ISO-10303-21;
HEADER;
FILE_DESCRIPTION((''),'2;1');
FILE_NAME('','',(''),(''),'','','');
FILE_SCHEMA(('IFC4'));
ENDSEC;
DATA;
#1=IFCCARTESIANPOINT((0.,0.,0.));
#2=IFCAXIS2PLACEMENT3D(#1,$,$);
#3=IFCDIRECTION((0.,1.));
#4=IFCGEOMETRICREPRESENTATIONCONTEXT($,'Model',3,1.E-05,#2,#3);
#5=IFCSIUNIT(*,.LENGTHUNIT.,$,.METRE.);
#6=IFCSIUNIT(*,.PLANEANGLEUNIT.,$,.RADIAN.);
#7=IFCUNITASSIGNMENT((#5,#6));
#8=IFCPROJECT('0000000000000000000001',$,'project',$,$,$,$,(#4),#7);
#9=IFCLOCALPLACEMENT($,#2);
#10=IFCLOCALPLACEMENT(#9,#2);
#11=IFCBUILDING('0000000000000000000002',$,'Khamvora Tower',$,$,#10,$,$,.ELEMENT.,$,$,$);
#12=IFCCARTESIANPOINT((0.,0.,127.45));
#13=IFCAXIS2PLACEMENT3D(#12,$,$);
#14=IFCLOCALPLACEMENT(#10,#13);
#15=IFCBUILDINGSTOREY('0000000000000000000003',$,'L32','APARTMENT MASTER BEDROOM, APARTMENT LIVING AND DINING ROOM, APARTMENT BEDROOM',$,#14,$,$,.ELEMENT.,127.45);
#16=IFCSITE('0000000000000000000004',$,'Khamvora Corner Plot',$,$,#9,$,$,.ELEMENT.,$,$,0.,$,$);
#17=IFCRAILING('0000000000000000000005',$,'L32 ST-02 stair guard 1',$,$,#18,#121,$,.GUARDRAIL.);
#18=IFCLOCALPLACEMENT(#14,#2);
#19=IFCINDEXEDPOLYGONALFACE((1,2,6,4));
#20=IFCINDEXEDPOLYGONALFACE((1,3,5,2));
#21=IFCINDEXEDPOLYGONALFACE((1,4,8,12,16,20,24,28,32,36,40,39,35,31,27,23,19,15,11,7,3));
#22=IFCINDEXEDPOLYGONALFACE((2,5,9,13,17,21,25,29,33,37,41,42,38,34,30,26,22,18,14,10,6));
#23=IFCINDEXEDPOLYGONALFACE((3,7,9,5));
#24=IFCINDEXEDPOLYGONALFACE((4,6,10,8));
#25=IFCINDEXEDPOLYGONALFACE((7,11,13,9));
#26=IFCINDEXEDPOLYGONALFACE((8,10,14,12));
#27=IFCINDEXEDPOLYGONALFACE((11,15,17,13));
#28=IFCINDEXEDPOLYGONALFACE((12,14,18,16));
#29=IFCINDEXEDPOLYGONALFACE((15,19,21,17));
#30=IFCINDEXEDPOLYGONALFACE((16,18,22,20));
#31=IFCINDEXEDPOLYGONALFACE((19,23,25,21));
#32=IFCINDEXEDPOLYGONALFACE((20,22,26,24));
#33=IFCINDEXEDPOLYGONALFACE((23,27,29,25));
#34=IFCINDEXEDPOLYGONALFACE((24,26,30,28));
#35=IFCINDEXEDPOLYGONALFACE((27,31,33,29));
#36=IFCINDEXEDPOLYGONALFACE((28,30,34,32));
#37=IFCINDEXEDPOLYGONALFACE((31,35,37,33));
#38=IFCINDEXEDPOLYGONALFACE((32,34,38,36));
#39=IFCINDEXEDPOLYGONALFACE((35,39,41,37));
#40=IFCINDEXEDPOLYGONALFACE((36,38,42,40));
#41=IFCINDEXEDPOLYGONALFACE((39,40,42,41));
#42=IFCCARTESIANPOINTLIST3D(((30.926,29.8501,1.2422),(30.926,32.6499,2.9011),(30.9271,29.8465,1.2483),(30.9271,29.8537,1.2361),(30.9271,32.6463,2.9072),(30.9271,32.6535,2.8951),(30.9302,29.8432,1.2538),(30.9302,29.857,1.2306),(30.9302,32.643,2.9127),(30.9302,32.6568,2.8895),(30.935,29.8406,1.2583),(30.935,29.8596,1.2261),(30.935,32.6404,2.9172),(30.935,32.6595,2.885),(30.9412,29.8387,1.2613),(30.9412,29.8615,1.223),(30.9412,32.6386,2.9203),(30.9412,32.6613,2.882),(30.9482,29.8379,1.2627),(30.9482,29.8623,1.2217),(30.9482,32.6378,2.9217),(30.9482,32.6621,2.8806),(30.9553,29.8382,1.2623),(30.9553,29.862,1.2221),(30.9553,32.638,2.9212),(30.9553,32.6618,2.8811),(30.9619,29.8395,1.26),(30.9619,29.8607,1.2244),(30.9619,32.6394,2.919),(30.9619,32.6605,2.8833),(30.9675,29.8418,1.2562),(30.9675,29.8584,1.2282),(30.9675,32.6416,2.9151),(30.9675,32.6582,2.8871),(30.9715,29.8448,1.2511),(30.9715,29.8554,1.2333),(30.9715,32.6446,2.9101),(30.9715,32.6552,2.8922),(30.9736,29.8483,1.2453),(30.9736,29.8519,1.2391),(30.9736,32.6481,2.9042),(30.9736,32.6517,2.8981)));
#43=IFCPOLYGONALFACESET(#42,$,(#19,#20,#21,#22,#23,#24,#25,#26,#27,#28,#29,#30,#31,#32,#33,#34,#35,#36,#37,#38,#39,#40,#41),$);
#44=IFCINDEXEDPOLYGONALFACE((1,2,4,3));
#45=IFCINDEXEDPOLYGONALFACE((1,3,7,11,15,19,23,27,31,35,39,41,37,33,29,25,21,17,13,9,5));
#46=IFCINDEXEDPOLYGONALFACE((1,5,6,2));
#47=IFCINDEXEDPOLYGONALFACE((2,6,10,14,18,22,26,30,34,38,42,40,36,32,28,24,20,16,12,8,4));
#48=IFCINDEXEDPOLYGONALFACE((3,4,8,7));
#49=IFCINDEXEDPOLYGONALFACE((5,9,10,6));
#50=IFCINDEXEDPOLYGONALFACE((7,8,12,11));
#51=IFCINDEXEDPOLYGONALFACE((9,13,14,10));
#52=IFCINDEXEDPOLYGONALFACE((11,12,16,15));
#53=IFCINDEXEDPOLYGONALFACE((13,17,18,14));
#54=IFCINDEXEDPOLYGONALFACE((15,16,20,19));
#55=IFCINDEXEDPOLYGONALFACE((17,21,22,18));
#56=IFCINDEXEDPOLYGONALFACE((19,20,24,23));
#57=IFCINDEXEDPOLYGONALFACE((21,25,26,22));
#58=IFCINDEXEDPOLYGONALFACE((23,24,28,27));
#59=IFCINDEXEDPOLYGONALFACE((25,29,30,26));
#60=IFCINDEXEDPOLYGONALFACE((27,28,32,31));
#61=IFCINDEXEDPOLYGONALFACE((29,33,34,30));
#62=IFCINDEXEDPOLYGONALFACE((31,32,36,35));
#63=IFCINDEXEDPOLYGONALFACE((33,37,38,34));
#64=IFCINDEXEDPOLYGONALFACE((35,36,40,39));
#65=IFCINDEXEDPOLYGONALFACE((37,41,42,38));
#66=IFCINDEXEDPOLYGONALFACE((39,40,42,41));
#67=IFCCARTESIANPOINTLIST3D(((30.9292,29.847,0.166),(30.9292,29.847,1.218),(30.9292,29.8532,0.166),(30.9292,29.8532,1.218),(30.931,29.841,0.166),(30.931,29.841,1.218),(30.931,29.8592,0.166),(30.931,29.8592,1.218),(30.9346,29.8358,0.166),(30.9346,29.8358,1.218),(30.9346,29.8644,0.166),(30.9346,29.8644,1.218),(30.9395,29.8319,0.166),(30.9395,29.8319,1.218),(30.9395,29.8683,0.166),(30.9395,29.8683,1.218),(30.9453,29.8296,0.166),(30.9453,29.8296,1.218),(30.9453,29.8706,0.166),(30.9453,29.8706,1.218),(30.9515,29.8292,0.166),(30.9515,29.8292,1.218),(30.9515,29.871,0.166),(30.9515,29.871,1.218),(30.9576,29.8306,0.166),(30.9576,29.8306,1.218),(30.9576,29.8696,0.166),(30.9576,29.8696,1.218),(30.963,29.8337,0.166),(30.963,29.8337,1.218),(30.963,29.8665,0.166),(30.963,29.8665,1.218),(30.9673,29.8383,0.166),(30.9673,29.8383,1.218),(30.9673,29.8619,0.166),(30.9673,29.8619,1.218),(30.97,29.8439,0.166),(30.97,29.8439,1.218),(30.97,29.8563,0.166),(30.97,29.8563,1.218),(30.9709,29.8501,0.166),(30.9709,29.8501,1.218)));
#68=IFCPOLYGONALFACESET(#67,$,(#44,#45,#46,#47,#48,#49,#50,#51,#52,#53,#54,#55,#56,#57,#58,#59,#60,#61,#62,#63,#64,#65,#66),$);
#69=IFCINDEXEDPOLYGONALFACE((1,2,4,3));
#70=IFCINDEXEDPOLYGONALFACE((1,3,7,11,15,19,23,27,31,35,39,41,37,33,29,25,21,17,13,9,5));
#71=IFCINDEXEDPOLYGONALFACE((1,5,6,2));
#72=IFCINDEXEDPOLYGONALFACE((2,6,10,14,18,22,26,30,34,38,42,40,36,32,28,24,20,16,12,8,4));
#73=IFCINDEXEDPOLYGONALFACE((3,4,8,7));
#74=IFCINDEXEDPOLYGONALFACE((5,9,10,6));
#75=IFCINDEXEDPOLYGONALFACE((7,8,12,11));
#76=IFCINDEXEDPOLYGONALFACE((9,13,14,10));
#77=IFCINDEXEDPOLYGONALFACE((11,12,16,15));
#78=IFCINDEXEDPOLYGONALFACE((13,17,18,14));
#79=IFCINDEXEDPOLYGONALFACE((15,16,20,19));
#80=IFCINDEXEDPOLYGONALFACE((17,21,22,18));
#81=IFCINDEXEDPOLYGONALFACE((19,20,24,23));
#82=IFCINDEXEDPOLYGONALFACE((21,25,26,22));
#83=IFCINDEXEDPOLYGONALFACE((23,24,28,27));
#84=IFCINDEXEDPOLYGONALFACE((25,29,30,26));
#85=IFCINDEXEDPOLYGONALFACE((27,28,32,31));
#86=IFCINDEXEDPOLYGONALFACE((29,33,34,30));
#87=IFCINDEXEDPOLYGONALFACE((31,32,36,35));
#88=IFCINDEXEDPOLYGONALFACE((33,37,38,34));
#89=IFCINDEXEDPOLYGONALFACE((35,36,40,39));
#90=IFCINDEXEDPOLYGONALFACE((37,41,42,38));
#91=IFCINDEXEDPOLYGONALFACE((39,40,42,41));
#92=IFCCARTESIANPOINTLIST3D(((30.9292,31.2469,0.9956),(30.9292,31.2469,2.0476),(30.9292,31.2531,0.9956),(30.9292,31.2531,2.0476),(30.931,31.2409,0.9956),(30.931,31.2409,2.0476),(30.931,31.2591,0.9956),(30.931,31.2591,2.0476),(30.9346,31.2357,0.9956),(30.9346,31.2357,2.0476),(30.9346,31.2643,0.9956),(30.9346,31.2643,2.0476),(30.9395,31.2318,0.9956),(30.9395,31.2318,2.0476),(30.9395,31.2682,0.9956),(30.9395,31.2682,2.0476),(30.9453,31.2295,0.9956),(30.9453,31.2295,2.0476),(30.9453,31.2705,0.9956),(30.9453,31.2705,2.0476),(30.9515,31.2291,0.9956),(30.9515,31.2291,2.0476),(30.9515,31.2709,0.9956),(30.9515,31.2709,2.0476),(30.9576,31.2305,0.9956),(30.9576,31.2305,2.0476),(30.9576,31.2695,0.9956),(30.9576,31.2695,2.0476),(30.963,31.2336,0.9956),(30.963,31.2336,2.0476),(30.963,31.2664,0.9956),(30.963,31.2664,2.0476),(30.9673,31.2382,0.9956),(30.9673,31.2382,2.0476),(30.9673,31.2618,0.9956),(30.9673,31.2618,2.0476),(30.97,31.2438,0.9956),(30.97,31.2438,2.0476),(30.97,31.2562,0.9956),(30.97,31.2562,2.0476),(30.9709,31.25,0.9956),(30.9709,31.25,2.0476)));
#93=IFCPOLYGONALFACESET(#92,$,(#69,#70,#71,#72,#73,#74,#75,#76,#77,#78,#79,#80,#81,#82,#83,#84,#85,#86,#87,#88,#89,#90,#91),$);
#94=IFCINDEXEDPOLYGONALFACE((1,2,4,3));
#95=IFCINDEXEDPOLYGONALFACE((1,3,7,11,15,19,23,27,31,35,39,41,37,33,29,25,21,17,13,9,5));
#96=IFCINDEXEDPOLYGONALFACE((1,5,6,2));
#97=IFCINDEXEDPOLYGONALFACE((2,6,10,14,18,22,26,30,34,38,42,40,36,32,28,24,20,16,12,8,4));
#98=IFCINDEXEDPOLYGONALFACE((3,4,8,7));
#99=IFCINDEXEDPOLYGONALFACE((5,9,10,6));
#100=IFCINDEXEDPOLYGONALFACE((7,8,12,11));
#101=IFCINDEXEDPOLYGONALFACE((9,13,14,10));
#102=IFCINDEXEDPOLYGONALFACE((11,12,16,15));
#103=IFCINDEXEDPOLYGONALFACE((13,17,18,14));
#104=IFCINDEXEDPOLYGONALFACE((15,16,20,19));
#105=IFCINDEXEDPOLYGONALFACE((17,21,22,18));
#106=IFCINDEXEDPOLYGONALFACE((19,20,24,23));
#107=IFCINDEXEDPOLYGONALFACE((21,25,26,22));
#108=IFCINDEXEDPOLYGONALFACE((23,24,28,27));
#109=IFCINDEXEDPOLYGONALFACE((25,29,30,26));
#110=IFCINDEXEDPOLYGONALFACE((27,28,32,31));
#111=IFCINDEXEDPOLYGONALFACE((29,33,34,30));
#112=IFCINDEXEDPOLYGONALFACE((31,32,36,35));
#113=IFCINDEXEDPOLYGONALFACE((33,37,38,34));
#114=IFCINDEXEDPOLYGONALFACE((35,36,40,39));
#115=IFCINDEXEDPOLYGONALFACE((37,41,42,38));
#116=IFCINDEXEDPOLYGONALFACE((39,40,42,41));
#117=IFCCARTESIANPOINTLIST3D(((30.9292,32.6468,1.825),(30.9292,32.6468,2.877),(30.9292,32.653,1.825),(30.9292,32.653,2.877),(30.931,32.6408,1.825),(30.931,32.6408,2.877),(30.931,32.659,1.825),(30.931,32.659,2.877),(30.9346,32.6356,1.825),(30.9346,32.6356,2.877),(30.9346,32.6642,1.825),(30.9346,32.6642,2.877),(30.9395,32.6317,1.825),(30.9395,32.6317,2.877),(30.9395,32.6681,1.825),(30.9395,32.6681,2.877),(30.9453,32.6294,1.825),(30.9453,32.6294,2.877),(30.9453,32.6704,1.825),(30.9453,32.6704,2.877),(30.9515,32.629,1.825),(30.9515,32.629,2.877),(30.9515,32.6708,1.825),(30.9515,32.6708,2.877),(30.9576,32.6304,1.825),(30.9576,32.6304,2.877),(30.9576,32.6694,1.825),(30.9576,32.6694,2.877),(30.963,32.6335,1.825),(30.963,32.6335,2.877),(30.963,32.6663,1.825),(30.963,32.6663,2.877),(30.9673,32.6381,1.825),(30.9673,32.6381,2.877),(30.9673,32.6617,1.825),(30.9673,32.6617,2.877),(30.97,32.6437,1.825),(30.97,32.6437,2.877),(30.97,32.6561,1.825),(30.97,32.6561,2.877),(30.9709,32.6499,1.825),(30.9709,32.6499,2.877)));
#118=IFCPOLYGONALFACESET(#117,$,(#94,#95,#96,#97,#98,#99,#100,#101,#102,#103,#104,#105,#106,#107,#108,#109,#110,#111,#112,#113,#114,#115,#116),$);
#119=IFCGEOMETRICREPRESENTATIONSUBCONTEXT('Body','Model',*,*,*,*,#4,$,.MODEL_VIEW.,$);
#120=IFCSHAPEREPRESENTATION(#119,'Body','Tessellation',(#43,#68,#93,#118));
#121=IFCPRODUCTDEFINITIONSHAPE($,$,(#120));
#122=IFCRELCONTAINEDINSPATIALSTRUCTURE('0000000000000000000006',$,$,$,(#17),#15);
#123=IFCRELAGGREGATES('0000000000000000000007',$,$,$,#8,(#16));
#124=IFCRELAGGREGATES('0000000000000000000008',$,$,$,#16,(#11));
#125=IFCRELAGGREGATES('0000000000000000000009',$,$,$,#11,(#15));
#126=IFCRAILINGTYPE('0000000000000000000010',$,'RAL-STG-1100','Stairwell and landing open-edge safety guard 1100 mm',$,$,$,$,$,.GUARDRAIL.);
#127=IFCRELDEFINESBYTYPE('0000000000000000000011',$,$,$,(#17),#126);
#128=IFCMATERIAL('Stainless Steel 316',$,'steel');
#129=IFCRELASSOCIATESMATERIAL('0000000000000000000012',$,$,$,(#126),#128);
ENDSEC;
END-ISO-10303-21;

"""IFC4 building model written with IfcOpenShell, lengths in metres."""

from ifc_helpers import new_model, si_unit, direction, frame, origin, origin_2d, place, context, subcontext, project, spatial, circle, extrude, material, type_object, element, save


model = new_model("IFC4")

# Units and contexts
model_context = context("Model", 3, precision=1e-05, world=origin(), true_north=direction((0.0, 1.0)))
body_context = subcontext(model_context, "Body", "Model", "MODEL_VIEW")
ifc_project = project(units=[si_unit("LENGTHUNIT", "METRE"), si_unit("PLANEANGLEUNIT", "RADIAN")], contexts=[model_context])

# Site, building, storey
site_placement = place(None, origin())
site = spatial("IfcSite", under=ifc_project, at=site_placement, Name="Khamvora Corner Plot", CompositionType="ELEMENT", RefElevation=0.0)
building_placement = place(site_placement, origin())
building = spatial("IfcBuilding", under=site, at=building_placement, Name="Khamvora Tower", CompositionType="ELEMENT")
storey_placement = place(building_placement, frame((0.0, 0.0, 127.45)))
storey = spatial("IfcBuildingStorey", under=building, at=storey_placement, Name="L32", Description="APARTMENT MASTER BEDROOM, APARTMENT LIVING AND DINING ROOM, APARTMENT BEDROOM", CompositionType="ELEMENT", Elevation=127.45)

# Railing
ifc_material_1 = material(Name="Stainless Steel 316", Category="steel")
railing_type_1 = type_object("IfcRailingType", Name="RAL-STG-1100", Description="Stairwell and landing open-edge safety guard 1100 mm", PredefinedType="GUARDRAIL", material=ifc_material_1)
railing_1_placement = place(storey_placement, frame((30.95, 29.8501, 0.166)))
element("IfcRailing", 1, at=railing_1_placement, inside=storey, type_object=railing_type_1, Name="L32 ST-02 stair guard 1", PredefinedType="GUARDRAIL", context=body_context, shape_type="SweptSolid", body=[
    extrude(circle(Radius=0.0239, at=origin_2d()), frame((0.0, 0.0, 1.0762), z_axis=(0.0, 0.86032, 0.509755), x_axis=(-1.0, 0.0, 0.0)), (0.0, 0.0, 1.0), 3.2544),
    extrude(circle(Radius=0.021, at=origin_2d()), origin(), (0.0, 0.0, 1.0), 1.052),
    extrude(circle(Radius=0.021, at=origin_2d()), frame((0.0, 1.3999, 0.8296)), (0.0, 0.0, 1.0), 1.052),
    extrude(circle(Radius=0.021, at=origin_2d()), frame((0.0, 2.7998, 1.6589)), (0.0, 0.0, 1.0), 1.052),
])

save(model, "model.ifc")
